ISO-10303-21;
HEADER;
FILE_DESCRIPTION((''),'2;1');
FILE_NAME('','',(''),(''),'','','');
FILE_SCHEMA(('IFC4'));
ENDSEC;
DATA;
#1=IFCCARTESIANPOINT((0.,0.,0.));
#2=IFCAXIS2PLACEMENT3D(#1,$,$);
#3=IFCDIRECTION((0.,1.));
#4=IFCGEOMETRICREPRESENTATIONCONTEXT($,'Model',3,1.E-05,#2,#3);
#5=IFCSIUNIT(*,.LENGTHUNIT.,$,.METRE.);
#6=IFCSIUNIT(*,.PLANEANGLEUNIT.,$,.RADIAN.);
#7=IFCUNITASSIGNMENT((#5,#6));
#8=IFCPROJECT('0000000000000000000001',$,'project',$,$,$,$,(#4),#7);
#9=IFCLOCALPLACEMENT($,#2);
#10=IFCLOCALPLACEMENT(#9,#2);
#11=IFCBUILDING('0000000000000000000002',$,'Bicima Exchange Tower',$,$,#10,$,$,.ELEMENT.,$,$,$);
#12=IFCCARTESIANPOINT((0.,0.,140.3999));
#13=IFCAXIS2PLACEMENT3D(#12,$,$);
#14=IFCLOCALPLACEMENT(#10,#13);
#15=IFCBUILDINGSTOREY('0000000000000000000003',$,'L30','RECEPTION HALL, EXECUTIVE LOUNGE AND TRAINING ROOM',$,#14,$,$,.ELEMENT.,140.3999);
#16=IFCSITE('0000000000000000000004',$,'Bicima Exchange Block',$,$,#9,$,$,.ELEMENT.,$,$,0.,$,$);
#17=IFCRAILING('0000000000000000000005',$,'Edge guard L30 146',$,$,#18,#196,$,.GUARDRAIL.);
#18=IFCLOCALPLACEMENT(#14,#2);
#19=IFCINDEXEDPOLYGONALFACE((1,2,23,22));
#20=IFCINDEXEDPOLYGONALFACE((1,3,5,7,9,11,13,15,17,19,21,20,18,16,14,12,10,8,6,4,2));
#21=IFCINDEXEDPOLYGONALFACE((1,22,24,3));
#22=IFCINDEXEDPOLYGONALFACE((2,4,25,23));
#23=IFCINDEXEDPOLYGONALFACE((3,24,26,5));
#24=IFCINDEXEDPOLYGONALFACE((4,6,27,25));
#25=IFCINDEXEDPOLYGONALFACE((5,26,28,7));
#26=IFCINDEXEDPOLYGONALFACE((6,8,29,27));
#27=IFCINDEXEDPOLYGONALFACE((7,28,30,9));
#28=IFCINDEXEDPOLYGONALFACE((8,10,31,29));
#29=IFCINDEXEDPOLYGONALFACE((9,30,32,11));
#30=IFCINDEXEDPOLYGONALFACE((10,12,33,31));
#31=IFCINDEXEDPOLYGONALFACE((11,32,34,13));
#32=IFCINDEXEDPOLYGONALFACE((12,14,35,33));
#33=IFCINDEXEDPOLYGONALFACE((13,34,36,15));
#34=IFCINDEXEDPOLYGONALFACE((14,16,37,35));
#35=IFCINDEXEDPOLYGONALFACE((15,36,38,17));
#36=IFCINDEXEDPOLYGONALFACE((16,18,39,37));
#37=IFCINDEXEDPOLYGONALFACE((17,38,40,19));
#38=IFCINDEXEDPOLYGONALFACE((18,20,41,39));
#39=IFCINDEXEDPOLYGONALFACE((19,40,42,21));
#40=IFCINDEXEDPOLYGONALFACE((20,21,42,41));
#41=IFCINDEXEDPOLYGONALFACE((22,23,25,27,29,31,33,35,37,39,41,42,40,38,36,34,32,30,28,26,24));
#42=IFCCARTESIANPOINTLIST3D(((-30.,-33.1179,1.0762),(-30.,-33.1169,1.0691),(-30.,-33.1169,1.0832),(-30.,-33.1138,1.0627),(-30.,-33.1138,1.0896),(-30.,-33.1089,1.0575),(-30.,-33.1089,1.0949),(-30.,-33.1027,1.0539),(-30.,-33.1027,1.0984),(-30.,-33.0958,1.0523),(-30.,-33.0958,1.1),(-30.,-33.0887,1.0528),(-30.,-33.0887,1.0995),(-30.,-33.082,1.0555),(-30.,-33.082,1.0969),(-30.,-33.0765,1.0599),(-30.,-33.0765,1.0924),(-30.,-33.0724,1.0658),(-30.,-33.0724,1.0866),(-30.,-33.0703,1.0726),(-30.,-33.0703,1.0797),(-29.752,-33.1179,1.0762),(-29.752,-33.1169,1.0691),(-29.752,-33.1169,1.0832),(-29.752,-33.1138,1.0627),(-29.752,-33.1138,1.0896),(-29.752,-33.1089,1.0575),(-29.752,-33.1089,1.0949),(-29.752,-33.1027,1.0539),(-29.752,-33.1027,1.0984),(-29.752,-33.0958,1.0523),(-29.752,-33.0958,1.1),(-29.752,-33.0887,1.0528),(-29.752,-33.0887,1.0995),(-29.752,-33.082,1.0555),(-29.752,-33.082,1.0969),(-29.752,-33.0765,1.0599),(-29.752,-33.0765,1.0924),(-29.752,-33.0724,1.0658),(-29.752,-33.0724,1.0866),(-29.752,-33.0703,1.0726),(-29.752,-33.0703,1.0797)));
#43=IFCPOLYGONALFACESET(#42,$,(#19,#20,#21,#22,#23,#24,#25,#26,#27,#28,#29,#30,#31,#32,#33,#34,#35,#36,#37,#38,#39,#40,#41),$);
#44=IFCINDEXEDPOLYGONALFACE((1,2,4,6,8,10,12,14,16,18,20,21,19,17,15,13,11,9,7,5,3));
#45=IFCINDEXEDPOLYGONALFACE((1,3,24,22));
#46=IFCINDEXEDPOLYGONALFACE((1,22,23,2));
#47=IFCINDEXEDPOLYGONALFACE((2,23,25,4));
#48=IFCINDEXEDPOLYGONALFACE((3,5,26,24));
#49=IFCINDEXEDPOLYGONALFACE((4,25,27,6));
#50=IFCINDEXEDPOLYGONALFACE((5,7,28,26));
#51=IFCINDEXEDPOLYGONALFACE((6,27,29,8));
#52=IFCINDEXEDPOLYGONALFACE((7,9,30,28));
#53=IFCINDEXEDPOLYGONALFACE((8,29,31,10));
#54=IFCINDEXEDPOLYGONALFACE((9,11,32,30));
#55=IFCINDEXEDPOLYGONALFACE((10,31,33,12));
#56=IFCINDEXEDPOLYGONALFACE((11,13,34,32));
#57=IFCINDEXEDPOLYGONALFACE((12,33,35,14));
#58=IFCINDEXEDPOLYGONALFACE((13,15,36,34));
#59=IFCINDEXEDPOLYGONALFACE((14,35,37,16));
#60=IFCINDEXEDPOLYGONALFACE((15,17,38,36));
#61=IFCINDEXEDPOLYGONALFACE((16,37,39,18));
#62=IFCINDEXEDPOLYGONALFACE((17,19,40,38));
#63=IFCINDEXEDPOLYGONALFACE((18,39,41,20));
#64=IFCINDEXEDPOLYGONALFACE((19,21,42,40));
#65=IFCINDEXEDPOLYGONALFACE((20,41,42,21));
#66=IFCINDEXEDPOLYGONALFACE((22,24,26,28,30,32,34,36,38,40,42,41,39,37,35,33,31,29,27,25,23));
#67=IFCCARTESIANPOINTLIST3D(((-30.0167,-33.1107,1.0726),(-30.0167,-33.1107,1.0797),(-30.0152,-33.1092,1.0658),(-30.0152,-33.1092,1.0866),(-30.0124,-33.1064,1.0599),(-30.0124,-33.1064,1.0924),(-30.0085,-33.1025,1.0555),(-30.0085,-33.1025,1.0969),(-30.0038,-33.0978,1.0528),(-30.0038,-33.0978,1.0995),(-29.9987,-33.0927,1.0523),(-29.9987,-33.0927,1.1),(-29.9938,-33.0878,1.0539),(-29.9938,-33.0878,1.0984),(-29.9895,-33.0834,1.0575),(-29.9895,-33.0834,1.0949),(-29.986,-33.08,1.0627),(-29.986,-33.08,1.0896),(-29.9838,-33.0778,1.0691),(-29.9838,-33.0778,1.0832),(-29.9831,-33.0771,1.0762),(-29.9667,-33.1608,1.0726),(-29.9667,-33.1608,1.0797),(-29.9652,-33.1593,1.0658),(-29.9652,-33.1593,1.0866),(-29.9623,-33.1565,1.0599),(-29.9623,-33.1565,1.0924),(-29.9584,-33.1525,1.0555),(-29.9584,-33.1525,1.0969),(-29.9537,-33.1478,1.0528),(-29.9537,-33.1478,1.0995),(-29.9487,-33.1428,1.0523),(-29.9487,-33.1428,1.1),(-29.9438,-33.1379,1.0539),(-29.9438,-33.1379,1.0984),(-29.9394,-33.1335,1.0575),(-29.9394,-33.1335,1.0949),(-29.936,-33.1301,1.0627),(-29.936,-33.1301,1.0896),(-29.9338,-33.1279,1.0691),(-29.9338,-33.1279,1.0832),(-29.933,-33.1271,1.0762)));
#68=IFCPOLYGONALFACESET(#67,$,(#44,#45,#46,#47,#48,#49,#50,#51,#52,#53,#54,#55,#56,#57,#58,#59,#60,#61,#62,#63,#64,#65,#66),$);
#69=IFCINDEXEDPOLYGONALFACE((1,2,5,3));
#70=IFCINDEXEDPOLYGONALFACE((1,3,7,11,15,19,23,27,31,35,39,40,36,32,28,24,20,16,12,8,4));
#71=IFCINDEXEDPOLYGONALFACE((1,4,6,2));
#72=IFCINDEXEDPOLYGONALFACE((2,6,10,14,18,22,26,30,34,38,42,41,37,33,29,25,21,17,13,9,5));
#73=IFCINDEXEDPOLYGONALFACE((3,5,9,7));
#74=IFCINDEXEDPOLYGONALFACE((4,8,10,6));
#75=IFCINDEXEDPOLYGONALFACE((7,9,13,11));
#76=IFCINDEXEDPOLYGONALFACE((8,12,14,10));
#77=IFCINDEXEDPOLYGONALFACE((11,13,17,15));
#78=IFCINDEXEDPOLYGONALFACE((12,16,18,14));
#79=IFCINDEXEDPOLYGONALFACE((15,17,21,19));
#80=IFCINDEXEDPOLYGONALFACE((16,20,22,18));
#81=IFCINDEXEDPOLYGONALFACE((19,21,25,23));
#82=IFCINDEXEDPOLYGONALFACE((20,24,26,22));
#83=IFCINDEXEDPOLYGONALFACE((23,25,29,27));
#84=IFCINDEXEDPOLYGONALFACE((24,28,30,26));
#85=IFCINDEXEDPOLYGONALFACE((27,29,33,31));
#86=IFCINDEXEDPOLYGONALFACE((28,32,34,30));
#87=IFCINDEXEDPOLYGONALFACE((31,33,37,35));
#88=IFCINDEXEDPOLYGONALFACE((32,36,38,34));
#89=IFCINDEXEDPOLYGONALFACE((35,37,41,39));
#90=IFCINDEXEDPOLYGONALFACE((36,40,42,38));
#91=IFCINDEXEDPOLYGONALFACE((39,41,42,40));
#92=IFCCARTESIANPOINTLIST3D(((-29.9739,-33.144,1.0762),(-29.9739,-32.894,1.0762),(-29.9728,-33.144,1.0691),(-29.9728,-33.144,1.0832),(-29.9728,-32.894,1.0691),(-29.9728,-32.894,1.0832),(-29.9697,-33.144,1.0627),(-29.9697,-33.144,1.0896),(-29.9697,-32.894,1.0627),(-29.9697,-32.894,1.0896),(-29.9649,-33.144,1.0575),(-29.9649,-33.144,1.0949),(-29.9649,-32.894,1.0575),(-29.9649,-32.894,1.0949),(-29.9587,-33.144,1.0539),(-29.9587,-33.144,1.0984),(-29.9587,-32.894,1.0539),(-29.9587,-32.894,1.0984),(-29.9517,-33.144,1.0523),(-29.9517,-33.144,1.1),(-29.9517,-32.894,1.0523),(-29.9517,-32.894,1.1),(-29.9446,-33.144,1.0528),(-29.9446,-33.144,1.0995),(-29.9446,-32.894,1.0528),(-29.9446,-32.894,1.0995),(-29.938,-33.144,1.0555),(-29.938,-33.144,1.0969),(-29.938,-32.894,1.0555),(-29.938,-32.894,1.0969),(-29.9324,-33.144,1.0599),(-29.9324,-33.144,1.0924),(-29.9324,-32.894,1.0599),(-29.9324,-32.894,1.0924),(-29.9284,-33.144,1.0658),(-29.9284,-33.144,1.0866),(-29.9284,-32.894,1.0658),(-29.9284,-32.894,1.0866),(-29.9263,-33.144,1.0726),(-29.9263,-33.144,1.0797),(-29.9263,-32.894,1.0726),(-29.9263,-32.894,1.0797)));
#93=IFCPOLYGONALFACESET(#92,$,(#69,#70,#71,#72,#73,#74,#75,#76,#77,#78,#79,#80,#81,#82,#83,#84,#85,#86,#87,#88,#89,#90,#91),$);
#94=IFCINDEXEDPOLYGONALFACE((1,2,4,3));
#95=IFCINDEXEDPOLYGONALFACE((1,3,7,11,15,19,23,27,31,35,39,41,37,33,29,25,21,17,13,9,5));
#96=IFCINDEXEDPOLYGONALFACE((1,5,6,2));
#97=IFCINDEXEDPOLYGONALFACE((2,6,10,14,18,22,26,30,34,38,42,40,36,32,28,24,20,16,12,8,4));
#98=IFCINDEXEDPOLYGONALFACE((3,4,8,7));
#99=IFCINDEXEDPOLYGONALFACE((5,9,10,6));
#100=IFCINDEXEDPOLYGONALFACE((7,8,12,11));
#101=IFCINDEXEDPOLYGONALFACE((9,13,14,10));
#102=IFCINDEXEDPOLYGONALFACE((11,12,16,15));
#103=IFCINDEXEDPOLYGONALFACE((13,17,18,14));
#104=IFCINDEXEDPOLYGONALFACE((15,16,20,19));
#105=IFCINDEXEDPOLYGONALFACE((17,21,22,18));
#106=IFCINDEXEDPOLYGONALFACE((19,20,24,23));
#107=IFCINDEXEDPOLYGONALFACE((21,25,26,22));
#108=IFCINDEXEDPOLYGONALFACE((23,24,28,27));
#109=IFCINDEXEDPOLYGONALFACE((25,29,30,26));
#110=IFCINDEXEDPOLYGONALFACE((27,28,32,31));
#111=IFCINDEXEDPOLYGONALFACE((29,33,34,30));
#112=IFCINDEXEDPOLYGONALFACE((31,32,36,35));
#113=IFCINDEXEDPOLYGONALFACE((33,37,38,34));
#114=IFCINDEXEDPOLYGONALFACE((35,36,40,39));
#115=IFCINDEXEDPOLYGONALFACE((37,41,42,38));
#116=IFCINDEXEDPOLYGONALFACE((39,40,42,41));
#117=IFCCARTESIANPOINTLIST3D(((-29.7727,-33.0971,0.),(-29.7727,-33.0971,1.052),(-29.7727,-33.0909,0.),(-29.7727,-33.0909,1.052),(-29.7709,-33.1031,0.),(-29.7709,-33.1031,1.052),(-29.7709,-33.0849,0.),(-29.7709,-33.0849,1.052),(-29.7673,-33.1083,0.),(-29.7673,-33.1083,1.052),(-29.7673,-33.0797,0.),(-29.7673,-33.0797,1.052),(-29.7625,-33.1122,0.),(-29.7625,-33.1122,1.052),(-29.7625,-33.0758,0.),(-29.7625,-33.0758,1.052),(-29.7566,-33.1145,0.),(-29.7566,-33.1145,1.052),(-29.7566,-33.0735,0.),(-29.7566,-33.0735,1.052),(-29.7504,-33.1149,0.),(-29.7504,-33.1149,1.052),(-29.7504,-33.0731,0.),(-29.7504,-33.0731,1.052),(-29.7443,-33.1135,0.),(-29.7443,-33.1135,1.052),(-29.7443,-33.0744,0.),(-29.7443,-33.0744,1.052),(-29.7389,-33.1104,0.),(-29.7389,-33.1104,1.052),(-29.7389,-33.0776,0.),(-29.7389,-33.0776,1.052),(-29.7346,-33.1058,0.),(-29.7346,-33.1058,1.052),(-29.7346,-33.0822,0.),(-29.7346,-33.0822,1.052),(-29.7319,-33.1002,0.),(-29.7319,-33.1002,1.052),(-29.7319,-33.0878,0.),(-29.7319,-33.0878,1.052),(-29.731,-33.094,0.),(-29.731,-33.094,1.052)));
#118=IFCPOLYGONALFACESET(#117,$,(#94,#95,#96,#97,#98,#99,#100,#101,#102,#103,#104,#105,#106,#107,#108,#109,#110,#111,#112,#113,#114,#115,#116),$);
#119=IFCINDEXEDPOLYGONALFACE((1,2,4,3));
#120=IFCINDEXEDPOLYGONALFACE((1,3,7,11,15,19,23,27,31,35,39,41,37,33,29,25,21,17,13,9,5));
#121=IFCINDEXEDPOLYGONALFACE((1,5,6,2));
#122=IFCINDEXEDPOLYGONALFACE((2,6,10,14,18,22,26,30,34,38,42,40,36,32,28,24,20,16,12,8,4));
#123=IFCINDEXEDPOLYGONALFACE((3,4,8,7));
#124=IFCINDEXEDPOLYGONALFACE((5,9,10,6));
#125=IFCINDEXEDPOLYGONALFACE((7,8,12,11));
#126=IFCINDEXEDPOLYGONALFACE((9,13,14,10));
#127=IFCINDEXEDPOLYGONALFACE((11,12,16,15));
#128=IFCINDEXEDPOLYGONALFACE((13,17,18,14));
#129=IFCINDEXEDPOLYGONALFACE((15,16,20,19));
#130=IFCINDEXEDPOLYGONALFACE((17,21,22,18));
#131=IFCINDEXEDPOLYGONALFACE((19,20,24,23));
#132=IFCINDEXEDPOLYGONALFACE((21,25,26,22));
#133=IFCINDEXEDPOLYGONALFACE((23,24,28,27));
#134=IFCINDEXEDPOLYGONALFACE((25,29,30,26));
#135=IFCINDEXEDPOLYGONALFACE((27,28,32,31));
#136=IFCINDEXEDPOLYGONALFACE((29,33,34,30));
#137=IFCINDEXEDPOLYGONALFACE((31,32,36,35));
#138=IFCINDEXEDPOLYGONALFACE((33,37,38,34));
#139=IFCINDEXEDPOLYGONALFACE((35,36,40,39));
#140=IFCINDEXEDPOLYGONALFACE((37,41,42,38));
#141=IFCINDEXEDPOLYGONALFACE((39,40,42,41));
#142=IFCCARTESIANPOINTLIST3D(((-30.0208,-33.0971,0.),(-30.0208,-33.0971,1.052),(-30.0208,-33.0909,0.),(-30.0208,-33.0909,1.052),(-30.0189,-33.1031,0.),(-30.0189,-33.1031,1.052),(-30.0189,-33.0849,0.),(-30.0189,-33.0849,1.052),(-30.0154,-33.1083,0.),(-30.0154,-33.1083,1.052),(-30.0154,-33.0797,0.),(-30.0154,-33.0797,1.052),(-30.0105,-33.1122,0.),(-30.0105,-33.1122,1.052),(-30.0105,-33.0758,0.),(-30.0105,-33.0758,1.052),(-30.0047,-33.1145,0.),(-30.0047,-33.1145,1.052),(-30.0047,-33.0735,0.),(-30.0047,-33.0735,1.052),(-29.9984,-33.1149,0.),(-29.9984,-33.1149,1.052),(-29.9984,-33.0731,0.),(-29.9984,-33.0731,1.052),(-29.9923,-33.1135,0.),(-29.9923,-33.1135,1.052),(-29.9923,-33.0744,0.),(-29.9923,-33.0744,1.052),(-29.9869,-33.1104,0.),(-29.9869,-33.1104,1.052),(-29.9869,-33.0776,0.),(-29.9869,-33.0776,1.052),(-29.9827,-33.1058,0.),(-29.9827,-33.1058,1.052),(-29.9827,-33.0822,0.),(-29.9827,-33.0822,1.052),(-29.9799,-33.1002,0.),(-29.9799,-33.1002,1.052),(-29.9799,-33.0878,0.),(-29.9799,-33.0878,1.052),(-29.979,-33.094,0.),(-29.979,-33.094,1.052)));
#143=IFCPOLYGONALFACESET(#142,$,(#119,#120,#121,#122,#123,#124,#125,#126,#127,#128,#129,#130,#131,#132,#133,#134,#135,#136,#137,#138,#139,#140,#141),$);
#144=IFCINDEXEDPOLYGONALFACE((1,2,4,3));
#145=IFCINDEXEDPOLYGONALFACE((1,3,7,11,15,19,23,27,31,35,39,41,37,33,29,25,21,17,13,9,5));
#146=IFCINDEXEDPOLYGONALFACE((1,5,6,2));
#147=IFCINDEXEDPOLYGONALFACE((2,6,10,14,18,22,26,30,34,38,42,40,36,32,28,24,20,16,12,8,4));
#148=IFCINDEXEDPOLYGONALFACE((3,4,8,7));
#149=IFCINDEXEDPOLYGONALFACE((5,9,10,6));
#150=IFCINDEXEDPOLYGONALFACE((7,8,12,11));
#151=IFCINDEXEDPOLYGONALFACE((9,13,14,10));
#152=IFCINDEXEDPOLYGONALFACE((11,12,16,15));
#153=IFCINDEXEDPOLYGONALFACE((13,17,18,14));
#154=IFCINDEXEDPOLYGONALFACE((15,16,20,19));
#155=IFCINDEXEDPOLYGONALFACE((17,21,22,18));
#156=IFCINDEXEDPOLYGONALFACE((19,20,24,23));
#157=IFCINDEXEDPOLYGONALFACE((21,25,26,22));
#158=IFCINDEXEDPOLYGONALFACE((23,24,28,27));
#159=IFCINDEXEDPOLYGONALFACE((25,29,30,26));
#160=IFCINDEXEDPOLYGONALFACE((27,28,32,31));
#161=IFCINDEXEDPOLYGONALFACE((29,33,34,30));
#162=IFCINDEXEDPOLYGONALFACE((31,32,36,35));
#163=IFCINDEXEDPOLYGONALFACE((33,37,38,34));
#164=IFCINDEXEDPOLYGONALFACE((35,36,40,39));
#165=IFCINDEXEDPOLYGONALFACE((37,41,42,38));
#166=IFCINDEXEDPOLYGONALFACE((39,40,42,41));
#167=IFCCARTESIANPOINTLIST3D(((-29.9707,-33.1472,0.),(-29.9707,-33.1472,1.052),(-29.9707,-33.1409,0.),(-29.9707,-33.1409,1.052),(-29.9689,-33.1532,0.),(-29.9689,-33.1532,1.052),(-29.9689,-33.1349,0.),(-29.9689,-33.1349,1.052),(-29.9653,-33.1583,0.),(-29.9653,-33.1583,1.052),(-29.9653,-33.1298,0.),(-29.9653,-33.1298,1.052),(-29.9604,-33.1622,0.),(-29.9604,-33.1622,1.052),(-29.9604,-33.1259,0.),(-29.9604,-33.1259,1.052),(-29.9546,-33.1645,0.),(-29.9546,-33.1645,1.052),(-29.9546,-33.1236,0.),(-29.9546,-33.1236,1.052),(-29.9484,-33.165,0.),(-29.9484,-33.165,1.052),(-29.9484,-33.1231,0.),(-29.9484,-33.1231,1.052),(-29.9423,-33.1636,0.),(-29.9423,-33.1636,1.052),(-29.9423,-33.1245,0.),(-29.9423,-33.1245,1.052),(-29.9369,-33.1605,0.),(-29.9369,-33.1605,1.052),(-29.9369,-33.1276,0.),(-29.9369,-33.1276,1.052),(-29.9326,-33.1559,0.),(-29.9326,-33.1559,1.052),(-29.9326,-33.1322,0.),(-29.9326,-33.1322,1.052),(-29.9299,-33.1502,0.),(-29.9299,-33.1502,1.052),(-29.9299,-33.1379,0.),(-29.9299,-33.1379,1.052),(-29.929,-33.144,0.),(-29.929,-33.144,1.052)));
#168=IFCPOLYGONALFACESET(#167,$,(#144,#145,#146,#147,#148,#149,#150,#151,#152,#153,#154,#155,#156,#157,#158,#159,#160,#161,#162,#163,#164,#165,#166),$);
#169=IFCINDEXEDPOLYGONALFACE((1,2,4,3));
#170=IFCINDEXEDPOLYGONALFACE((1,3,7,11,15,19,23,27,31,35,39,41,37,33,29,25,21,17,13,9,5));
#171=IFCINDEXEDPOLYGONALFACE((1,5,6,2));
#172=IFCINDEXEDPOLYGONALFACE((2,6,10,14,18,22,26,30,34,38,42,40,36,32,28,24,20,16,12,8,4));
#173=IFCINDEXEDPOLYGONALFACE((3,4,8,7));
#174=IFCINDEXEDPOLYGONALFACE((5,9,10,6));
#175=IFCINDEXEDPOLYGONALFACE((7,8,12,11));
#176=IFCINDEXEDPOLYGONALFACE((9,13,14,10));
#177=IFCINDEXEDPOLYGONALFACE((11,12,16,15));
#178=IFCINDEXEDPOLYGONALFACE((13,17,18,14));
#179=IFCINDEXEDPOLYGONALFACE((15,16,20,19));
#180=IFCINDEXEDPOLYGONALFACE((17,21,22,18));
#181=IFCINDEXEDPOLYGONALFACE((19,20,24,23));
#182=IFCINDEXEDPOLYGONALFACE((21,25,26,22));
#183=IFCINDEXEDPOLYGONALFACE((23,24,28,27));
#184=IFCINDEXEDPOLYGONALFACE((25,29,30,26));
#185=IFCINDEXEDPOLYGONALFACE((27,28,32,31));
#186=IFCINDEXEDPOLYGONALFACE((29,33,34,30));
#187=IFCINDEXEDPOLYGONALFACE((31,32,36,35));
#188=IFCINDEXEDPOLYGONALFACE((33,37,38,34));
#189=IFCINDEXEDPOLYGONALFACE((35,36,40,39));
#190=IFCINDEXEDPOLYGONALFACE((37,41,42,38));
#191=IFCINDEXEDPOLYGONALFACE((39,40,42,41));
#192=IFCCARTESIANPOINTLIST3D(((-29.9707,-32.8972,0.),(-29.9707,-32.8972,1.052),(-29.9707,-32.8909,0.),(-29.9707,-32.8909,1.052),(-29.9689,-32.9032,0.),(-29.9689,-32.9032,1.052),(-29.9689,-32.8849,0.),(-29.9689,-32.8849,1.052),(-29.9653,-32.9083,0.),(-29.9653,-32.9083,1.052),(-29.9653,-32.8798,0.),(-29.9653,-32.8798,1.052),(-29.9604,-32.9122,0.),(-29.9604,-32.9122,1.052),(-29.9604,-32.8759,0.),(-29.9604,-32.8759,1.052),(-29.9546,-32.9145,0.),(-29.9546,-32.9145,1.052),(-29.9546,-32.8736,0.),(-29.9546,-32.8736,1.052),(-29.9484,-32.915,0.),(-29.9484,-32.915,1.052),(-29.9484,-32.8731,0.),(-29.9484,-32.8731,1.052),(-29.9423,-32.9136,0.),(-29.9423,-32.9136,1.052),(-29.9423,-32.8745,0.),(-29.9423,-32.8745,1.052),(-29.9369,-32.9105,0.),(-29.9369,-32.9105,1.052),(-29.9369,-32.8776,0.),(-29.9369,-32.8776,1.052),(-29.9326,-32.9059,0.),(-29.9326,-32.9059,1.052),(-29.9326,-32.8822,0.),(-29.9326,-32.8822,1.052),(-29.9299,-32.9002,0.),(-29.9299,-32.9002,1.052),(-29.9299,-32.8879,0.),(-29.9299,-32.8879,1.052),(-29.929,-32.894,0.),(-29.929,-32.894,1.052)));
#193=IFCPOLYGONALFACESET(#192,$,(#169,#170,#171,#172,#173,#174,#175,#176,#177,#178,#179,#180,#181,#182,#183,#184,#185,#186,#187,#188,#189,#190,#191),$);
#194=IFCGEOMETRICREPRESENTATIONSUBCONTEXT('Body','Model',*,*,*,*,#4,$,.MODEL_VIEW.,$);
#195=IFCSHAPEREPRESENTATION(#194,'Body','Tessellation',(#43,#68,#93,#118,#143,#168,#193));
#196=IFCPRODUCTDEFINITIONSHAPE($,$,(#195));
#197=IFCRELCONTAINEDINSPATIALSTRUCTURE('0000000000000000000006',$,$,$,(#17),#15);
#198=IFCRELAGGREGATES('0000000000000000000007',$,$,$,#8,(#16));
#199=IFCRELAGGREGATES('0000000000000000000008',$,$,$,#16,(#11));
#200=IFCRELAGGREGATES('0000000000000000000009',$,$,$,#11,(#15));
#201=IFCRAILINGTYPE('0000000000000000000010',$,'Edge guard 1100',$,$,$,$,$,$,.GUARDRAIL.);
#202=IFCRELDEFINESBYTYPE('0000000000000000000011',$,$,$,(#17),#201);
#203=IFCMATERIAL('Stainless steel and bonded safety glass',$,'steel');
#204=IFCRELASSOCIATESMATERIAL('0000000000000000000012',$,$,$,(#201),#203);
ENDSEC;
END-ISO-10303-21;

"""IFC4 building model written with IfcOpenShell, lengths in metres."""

from ifc_helpers import new_model, si_unit, direction, frame, origin, origin_2d, place, context, subcontext, project, spatial, circle, extrude, material, type_object, element, save


model = new_model("IFC4")

# Units and contexts
model_context = context("Model", 3, precision=1e-05, world=origin(), true_north=direction((0.0, 1.0)))
body_context = subcontext(model_context, "Body", "Model", "MODEL_VIEW")
ifc_project = project(units=[si_unit("LENGTHUNIT", "METRE"), si_unit("PLANEANGLEUNIT", "RADIAN")], contexts=[model_context])

# Site, building, storey
site_placement = place(None, origin())
site = spatial("IfcSite", under=ifc_project, at=site_placement, Name="Bicima Exchange Block", CompositionType="ELEMENT", RefElevation=0.0)
building_placement = place(site_placement, origin())
building = spatial("IfcBuilding", under=site, at=building_placement, Name="Bicima Exchange Tower", CompositionType="ELEMENT")
storey_placement = place(building_placement, frame((0.0, 0.0, 140.3999)))
storey = spatial("IfcBuildingStorey", under=building, at=storey_placement, Name="L30", Description="RECEPTION HALL, EXECUTIVE LOUNGE AND TRAINING ROOM", CompositionType="ELEMENT", Elevation=140.3999)

# Railing
ifc_material_1 = material(Name="Stainless steel and bonded safety glass", Category="steel")
railing_type = type_object("IfcRailingType", Name="Edge guard 1100", PredefinedType="GUARDRAIL", material=ifc_material_1)
railing_1_placement = place(storey_placement, frame((-29.752, -33.094, 0.0)))
element("IfcRailing", 1, at=railing_1_placement, inside=storey, type_object=railing_type, Name="Edge guard L30 146", PredefinedType="GUARDRAIL", context=body_context, shape_type="SweptSolid", body=[
    extrude(circle(Radius=0.0239, at=origin_2d()), frame((0.0, 0.0, 1.0762), z_axis=(-1.0, 0.0, 0.0), x_axis=(0.0, -1.0, 0.0)), (0.0, 0.0, 1.0), 0.248),
    extrude(circle(Radius=0.0239, at=origin_2d()), frame((-0.248, 0.0, 1.0762), z_axis=(0.707107, -0.707107, 0.0), x_axis=(0.707107, 0.707107, 0.0)), (0.0, 0.0, 1.0), 0.0708),
    extrude(circle(Radius=0.0239, at=origin_2d()), frame((-0.198, -0.05, 1.0762), z_axis=(0.0, 1.0, 0.0), x_axis=(-1.0, 0.0, 0.0)), (0.0, 0.0, 1.0), 0.25),
    extrude(circle(Radius=0.021, at=origin_2d()), origin(), (0.0, 0.0, 1.0), 1.052),
    extrude(circle(Radius=0.021, at=origin_2d()), frame((-0.248, 0.0, 0.0)), (0.0, 0.0, 1.0), 1.052),
    extrude(circle(Radius=0.021, at=origin_2d()), frame((-0.198, -0.05, 0.0)), (0.0, 0.0, 1.0), 1.052),
    extrude(circle(Radius=0.021, at=origin_2d()), frame((-0.198, 0.2, 0.0)), (0.0, 0.0, 1.0), 1.052),
])

save(model, "model.ifc")
